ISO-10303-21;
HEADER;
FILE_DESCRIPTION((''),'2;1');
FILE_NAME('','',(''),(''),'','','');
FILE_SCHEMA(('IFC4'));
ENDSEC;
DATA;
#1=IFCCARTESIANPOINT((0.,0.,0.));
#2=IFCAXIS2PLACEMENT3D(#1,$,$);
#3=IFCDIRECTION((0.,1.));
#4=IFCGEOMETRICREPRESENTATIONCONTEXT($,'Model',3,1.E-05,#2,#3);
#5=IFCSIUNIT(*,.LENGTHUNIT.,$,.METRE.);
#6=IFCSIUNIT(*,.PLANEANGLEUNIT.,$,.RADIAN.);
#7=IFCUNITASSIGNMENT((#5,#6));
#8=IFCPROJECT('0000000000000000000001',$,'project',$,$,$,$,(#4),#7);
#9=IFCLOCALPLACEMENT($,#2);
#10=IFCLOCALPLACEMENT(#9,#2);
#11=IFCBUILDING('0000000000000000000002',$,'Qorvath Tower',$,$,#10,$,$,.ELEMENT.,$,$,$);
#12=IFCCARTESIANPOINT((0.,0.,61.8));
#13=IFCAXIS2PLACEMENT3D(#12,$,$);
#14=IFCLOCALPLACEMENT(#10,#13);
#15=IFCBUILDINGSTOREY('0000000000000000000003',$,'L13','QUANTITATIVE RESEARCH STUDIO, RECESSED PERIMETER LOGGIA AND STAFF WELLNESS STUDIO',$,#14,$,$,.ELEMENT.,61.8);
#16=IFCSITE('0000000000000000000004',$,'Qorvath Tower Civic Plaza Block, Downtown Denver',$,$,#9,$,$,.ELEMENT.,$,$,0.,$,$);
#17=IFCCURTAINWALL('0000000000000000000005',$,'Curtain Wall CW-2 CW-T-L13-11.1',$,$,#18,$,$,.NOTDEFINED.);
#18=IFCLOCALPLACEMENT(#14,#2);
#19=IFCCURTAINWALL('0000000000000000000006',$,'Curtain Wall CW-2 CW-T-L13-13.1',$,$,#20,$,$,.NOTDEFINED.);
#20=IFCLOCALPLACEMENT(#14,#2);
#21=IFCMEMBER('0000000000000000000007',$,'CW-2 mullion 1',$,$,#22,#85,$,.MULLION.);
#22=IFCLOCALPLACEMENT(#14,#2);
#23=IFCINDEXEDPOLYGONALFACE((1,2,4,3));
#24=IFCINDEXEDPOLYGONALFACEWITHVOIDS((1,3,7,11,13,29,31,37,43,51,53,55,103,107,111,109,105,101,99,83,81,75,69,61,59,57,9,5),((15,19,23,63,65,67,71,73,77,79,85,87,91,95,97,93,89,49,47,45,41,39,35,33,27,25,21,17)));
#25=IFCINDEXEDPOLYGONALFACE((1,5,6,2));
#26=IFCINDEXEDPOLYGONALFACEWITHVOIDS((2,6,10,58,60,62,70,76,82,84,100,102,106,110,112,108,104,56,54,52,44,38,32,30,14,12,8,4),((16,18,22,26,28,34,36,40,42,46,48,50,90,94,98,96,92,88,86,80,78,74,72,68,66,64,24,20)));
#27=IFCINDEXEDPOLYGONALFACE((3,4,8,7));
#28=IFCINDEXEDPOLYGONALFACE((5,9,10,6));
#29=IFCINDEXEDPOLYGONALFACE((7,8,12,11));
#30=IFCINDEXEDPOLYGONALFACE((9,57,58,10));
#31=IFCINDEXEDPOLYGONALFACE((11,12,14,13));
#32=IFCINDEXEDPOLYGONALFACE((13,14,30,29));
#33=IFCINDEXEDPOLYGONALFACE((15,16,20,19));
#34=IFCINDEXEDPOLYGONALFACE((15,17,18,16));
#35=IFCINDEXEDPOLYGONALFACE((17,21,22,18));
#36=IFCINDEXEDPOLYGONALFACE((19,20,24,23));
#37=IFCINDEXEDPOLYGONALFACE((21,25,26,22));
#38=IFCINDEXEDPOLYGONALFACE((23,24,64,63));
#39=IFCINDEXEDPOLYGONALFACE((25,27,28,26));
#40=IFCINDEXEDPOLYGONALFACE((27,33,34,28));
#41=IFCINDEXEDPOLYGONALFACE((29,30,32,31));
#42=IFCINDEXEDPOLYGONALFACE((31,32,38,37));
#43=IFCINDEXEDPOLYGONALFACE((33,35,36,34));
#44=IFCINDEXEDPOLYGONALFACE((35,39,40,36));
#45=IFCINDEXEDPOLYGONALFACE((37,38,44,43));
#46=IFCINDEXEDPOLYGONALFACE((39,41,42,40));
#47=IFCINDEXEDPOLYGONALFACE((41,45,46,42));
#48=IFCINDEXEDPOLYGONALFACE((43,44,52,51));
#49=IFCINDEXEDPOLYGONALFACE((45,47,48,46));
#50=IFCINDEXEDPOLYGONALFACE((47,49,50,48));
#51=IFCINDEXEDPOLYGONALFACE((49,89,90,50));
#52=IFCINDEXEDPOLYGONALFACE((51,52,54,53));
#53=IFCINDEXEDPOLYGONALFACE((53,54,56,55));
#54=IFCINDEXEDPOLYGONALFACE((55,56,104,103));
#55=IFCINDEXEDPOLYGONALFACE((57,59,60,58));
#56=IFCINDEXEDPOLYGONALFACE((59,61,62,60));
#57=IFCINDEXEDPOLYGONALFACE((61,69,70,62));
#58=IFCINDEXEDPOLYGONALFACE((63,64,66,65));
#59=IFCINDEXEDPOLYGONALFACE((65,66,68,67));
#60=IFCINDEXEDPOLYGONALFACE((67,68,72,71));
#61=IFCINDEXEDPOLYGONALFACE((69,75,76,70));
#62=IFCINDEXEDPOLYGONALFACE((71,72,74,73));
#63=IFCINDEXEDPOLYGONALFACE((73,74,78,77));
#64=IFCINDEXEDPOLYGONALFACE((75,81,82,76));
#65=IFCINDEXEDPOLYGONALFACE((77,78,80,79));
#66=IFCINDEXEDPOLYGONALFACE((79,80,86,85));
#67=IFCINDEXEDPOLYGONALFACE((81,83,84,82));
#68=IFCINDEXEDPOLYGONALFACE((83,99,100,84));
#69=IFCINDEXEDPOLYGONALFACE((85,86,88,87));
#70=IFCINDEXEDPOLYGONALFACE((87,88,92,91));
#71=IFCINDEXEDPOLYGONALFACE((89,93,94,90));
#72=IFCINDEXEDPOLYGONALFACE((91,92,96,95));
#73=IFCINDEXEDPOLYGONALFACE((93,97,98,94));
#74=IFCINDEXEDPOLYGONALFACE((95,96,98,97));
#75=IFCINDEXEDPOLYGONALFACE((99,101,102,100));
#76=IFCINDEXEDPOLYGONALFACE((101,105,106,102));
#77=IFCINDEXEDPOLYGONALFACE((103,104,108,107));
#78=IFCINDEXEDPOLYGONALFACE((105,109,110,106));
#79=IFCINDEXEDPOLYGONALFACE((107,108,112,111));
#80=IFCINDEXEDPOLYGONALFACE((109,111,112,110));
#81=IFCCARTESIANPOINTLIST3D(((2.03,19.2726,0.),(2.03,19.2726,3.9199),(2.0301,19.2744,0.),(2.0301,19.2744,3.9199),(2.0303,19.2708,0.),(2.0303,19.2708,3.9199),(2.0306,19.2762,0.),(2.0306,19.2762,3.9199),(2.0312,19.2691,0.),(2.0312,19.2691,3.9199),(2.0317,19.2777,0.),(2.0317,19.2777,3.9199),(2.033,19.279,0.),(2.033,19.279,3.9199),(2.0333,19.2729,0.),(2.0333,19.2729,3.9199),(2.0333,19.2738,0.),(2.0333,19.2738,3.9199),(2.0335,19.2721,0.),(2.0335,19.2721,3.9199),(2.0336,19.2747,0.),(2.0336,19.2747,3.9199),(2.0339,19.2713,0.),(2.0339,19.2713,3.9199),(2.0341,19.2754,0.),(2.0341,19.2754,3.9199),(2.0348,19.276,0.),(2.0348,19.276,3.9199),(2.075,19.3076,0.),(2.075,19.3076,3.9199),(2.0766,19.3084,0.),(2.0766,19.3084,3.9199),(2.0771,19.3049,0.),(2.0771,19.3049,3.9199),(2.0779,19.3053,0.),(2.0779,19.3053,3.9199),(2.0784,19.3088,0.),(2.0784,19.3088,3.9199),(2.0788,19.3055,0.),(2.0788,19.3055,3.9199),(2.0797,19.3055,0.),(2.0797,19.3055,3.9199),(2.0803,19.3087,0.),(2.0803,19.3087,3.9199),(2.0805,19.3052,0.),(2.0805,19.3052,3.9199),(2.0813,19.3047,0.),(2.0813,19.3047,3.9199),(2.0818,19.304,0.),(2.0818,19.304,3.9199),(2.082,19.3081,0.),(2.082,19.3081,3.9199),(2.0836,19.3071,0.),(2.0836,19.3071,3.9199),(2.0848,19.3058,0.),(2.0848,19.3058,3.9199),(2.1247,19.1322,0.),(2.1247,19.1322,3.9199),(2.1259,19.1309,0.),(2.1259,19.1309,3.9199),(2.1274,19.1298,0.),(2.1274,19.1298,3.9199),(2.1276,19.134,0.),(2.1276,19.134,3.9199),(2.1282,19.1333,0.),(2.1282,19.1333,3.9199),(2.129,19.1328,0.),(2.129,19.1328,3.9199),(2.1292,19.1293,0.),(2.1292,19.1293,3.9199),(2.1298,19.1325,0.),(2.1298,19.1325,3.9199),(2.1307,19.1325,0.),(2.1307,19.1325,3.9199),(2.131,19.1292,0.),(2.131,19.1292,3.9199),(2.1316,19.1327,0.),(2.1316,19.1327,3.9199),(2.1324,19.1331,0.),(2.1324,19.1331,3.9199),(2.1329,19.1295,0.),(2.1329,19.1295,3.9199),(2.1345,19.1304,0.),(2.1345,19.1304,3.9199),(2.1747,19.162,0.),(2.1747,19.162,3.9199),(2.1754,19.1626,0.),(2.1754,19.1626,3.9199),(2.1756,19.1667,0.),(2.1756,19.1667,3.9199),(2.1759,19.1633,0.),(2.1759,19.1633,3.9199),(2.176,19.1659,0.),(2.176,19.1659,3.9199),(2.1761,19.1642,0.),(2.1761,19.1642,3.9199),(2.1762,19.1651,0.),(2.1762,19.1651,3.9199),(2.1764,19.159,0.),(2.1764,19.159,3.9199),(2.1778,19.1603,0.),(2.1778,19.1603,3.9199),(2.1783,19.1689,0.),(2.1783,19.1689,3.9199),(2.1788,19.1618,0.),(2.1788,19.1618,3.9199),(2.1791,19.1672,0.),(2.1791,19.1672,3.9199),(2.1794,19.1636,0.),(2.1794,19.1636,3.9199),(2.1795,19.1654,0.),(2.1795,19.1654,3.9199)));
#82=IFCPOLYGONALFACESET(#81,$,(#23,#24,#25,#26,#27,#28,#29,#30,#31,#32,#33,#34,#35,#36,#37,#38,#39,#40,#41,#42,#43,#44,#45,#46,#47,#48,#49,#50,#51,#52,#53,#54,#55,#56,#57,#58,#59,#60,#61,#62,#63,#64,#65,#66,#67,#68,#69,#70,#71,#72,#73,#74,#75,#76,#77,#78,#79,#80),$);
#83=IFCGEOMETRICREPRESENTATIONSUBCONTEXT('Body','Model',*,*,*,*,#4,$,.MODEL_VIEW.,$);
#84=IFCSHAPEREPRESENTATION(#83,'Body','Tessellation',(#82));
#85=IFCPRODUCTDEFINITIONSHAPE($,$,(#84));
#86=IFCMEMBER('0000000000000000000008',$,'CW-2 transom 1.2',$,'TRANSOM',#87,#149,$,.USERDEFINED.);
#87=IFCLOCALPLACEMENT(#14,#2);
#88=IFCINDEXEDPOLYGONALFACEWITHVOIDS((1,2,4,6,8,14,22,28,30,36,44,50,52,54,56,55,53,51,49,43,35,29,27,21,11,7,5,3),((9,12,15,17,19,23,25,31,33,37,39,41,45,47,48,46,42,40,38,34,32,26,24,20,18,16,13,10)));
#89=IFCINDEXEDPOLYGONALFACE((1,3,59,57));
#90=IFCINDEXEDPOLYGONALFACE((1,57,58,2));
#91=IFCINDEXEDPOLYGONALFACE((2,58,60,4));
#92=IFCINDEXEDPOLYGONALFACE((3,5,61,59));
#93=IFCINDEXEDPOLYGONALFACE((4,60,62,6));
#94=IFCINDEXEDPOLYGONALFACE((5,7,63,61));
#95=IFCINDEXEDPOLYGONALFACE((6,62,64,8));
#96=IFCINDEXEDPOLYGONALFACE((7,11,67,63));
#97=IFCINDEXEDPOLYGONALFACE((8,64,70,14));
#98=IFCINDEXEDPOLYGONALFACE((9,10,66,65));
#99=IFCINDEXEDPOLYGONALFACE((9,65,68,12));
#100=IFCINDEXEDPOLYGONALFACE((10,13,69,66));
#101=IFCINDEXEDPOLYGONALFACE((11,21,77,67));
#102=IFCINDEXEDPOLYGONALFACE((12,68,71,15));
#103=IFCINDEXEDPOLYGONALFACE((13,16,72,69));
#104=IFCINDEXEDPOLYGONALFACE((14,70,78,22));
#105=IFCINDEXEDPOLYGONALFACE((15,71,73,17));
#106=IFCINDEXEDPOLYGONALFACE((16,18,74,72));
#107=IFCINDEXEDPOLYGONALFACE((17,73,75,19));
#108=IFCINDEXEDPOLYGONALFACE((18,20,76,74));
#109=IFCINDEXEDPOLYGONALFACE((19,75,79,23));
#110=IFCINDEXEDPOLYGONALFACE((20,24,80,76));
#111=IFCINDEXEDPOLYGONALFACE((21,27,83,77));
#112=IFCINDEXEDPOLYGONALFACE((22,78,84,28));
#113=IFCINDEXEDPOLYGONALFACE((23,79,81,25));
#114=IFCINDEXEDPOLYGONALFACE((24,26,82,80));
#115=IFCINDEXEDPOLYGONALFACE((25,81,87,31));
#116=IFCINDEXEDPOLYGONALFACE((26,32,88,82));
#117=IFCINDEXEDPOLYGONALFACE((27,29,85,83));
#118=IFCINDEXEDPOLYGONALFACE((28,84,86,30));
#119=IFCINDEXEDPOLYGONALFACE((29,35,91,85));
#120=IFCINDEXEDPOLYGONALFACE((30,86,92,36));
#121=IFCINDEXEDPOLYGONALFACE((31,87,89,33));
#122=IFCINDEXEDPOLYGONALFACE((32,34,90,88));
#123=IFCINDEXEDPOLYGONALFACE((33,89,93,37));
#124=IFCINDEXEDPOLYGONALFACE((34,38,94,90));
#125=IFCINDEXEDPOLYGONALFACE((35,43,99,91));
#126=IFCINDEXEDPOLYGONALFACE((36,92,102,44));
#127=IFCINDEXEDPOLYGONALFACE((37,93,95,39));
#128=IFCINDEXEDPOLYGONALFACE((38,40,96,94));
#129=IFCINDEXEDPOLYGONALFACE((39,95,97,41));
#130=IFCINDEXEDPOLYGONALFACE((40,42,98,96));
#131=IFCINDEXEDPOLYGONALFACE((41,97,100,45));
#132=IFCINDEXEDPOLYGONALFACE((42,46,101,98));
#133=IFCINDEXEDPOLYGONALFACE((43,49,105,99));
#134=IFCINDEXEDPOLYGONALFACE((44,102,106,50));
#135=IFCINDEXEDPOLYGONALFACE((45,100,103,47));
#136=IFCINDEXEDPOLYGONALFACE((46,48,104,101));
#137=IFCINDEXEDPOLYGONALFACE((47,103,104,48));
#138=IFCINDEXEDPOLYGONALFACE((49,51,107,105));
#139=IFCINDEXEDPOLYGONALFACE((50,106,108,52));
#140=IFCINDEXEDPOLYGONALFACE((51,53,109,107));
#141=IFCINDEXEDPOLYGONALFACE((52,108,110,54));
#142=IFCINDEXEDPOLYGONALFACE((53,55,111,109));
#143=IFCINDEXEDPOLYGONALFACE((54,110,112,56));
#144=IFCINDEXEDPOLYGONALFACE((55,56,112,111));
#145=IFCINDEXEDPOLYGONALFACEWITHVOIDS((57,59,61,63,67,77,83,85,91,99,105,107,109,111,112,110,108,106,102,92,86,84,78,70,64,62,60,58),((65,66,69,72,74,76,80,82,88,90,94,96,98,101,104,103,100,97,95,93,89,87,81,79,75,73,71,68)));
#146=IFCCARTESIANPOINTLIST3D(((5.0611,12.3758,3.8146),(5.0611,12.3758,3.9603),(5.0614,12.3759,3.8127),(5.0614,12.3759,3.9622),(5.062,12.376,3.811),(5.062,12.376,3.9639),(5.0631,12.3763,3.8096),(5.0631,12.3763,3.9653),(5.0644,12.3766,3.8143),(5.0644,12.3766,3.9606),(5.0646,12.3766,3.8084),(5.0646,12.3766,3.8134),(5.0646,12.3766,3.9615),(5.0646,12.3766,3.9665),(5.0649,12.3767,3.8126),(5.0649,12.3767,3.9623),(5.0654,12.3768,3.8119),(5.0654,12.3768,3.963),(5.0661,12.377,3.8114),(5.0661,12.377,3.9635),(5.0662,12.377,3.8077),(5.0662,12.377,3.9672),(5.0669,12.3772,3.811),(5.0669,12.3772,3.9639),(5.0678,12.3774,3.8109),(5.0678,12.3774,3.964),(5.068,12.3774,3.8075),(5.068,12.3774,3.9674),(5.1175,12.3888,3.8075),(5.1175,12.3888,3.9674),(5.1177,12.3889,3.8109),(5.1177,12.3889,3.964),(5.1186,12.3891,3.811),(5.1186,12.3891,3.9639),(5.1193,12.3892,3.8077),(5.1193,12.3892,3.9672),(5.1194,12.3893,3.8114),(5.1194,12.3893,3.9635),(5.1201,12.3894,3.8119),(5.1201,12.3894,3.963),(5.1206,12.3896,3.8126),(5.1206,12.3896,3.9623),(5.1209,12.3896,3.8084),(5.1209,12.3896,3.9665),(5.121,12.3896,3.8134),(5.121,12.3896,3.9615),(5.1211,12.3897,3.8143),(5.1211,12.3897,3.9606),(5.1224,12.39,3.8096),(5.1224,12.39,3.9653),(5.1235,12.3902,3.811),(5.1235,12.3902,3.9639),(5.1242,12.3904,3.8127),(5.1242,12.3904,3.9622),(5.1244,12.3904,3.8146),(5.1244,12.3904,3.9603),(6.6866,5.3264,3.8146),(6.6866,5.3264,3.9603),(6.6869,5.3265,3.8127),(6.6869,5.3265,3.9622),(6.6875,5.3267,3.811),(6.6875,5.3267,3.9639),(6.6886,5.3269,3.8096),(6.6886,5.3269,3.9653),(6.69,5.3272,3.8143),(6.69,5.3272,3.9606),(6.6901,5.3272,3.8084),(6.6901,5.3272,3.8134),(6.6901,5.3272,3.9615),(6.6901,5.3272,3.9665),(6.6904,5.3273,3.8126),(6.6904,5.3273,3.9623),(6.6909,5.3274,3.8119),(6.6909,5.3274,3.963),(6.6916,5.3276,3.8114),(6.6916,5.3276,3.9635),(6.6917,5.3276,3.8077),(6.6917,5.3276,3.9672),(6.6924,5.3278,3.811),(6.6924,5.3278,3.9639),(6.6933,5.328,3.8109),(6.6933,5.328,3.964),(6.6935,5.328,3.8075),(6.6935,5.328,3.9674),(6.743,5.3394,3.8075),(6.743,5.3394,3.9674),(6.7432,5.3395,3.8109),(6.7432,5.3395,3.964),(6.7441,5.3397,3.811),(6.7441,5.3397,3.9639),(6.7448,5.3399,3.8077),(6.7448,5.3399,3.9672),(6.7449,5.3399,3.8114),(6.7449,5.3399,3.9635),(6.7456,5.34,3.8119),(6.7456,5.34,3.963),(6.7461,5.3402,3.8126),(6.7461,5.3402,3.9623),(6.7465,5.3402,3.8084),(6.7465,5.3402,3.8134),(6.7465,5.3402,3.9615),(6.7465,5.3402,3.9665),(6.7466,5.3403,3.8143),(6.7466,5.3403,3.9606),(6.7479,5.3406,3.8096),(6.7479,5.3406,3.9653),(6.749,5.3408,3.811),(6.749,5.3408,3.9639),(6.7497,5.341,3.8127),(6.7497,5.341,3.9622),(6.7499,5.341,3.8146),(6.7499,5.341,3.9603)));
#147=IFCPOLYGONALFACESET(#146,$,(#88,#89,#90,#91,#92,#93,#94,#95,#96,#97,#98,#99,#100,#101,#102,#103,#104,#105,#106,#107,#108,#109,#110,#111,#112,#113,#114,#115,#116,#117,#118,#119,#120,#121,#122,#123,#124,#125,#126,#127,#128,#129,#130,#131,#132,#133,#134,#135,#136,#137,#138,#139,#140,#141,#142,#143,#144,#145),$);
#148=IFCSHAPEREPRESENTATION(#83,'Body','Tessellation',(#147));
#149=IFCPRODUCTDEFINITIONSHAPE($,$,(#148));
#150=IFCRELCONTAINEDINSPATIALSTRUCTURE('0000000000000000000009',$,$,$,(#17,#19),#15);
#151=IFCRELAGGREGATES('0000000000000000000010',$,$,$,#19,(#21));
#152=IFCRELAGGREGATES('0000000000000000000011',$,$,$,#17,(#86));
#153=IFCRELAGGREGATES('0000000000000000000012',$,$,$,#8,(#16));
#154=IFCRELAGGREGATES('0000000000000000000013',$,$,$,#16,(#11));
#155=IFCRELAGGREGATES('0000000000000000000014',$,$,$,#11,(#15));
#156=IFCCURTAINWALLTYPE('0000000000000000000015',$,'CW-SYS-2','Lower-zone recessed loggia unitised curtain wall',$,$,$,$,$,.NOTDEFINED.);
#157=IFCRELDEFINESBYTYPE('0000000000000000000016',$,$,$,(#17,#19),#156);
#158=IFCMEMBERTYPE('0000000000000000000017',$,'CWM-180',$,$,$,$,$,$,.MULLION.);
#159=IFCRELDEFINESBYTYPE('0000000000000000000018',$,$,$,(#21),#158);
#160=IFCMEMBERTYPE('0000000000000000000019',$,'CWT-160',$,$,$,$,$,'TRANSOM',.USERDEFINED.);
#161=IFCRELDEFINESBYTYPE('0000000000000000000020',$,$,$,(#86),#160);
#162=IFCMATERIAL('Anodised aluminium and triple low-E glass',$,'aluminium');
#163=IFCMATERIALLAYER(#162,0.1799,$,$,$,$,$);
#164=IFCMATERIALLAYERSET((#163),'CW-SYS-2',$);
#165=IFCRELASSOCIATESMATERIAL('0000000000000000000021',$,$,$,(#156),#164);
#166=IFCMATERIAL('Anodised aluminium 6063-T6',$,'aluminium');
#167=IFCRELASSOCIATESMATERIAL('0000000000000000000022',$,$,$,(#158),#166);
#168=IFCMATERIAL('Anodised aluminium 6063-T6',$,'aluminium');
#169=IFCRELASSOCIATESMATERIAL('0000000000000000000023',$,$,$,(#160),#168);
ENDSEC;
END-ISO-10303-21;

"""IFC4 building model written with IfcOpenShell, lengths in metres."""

from ifc_helpers import new_model, si_unit, direction, frame, origin, origin_2d, place, context, subcontext, project, spatial, hollow_rectangle, extrude, material, layer, layer_set, material_profile, profile_set, type_object, element, aggregate, save


model = new_model("IFC4")

# Units and contexts
model_context = context("Model", 3, precision=1e-05, world=origin(), true_north=direction((0.0, 1.0)))
body_context = subcontext(model_context, "Body", "Model", "MODEL_VIEW")
ifc_project = project(units=[si_unit("LENGTHUNIT", "METRE"), si_unit("PLANEANGLEUNIT", "RADIAN")], contexts=[model_context])

# Site, building, storey
site_placement = place(None, origin())
site = spatial("IfcSite", under=ifc_project, at=site_placement, Name="Qorvath Tower Civic Plaza Block, Downtown Denver", CompositionType="ELEMENT", RefElevation=0.0)
building_placement = place(site_placement, origin())
building = spatial("IfcBuilding", under=site, at=building_placement, Name="Qorvath Tower", CompositionType="ELEMENT")
storey_placement = place(building_placement, frame((0.0, 0.0, 61.8)))
storey = spatial("IfcBuildingStorey", under=building, at=storey_placement, Name="L13", Description="QUANTITATIVE RESEARCH STUDIO, RECESSED PERIMETER LOGGIA AND STAFF WELLNESS STUDIO", CompositionType="ELEMENT", Elevation=61.8)

# Curtain wall
ifc_material_1 = material(Name="Anodised aluminium and triple low-E glass", Category="aluminium")
ifc_layer_1 = layer(ifc_material_1, 0.1799)
ifc_layer_set_1 = layer_set([ifc_layer_1], Name="CW-SYS-2")
curtain_wall_type = type_object("IfcCurtainWallType", Name="CW-SYS-2", Description="Lower-zone recessed loggia unitised curtain wall", PredefinedType="NOTDEFINED", material=ifc_layer_set_1)
curtain_wall_1_placement = place(storey_placement, origin())
curtain_wall_1 = element("IfcCurtainWall", 1, at=curtain_wall_1_placement, inside=storey, type_object=curtain_wall_type, Name="Curtain Wall CW-2 CW-T-L13-11.1", PredefinedType="NOTDEFINED")
ifc_material_2 = material(Name="Anodised aluminium 6063-T6", Category="aluminium")
ifc_material_profile_1 = material_profile(ifc_material_2, hollow_rectangle(XDim=0.0649, YDim=0.1799, WallThickness=0.0034, InnerFilletRadius=0.0034, OuterFilletRadius=0.0071, at=origin_2d()), Name="CWM 180x65")
ifc_profile_set_1 = profile_set([ifc_material_profile_1], Name="Anodised aluminium 6063-T6")
member_type_1 = type_object("IfcMemberType", Name="CWM-180", PredefinedType="MULLION", material=ifc_profile_set_1)

# Curtain wall, member
curtain_wall_2_placement = place(storey_placement, origin())
curtain_wall_2 = element("IfcCurtainWall", 2, at=curtain_wall_2_placement, inside=storey, type_object=curtain_wall_type, Name="Curtain Wall CW-2 CW-T-L13-13.1", PredefinedType="NOTDEFINED")
member_1_placement = place(storey_placement, frame((2.1047, 19.219, 0.0), z_axis=(0.0, 0.0, 1.0), x_axis=(-0.825809, -0.56395, 0.0)))
member_1 = element("IfcMember", 3, at=member_1_placement, type_object=member_type_1, Name="CW-2 mullion 1", PredefinedType="MULLION", context=body_context, shape_type="SweptSolid", body=[
    extrude(hollow_rectangle(XDim=0.0649, YDim=0.1799, WallThickness=0.0034, InnerFilletRadius=0.0034, OuterFilletRadius=0.0071, at=origin_2d()), origin(), (0.0, 0.0, 1.0), 3.9199),
])

# Member
ifc_material_3 = material(Name="Anodised aluminium 6063-T6", Category="aluminium")
ifc_material_profile_2 = material_profile(ifc_material_3, hollow_rectangle(XDim=0.0649, YDim=0.1599, WallThickness=0.0034, InnerFilletRadius=0.0034, OuterFilletRadius=0.0071, at=origin_2d()), Name="CWT 160x65")
ifc_profile_set_2 = profile_set([ifc_material_profile_2], Name="Anodised aluminium 6063-T6")
member_type_2 = type_object("IfcMemberType", Name="CWT-160", ElementType="TRANSOM", PredefinedType="USERDEFINED", material=ifc_profile_set_2)
member_2_placement = place(storey_placement, frame((6.7183, 5.3337, 3.8875), z_axis=(-0.224692, 0.97443, 0.0), x_axis=(-0.97443, -0.224692, 0.0)))
member_2 = element("IfcMember", 4, at=member_2_placement, type_object=member_type_2, Name="CW-2 transom 1.2", ObjectType="TRANSOM", PredefinedType="USERDEFINED", context=body_context, shape_type="SweptSolid", body=[
    extrude(hollow_rectangle(XDim=0.0649, YDim=0.1599, WallThickness=0.0034, InnerFilletRadius=0.0034, OuterFilletRadius=0.0071, at=origin_2d()), origin(), (0.0, 0.0, 1.0), 7.2344),
])
aggregate(curtain_wall_2, [member_1])

aggregate(curtain_wall_1, [member_2])

save(model, "model.ifc")
